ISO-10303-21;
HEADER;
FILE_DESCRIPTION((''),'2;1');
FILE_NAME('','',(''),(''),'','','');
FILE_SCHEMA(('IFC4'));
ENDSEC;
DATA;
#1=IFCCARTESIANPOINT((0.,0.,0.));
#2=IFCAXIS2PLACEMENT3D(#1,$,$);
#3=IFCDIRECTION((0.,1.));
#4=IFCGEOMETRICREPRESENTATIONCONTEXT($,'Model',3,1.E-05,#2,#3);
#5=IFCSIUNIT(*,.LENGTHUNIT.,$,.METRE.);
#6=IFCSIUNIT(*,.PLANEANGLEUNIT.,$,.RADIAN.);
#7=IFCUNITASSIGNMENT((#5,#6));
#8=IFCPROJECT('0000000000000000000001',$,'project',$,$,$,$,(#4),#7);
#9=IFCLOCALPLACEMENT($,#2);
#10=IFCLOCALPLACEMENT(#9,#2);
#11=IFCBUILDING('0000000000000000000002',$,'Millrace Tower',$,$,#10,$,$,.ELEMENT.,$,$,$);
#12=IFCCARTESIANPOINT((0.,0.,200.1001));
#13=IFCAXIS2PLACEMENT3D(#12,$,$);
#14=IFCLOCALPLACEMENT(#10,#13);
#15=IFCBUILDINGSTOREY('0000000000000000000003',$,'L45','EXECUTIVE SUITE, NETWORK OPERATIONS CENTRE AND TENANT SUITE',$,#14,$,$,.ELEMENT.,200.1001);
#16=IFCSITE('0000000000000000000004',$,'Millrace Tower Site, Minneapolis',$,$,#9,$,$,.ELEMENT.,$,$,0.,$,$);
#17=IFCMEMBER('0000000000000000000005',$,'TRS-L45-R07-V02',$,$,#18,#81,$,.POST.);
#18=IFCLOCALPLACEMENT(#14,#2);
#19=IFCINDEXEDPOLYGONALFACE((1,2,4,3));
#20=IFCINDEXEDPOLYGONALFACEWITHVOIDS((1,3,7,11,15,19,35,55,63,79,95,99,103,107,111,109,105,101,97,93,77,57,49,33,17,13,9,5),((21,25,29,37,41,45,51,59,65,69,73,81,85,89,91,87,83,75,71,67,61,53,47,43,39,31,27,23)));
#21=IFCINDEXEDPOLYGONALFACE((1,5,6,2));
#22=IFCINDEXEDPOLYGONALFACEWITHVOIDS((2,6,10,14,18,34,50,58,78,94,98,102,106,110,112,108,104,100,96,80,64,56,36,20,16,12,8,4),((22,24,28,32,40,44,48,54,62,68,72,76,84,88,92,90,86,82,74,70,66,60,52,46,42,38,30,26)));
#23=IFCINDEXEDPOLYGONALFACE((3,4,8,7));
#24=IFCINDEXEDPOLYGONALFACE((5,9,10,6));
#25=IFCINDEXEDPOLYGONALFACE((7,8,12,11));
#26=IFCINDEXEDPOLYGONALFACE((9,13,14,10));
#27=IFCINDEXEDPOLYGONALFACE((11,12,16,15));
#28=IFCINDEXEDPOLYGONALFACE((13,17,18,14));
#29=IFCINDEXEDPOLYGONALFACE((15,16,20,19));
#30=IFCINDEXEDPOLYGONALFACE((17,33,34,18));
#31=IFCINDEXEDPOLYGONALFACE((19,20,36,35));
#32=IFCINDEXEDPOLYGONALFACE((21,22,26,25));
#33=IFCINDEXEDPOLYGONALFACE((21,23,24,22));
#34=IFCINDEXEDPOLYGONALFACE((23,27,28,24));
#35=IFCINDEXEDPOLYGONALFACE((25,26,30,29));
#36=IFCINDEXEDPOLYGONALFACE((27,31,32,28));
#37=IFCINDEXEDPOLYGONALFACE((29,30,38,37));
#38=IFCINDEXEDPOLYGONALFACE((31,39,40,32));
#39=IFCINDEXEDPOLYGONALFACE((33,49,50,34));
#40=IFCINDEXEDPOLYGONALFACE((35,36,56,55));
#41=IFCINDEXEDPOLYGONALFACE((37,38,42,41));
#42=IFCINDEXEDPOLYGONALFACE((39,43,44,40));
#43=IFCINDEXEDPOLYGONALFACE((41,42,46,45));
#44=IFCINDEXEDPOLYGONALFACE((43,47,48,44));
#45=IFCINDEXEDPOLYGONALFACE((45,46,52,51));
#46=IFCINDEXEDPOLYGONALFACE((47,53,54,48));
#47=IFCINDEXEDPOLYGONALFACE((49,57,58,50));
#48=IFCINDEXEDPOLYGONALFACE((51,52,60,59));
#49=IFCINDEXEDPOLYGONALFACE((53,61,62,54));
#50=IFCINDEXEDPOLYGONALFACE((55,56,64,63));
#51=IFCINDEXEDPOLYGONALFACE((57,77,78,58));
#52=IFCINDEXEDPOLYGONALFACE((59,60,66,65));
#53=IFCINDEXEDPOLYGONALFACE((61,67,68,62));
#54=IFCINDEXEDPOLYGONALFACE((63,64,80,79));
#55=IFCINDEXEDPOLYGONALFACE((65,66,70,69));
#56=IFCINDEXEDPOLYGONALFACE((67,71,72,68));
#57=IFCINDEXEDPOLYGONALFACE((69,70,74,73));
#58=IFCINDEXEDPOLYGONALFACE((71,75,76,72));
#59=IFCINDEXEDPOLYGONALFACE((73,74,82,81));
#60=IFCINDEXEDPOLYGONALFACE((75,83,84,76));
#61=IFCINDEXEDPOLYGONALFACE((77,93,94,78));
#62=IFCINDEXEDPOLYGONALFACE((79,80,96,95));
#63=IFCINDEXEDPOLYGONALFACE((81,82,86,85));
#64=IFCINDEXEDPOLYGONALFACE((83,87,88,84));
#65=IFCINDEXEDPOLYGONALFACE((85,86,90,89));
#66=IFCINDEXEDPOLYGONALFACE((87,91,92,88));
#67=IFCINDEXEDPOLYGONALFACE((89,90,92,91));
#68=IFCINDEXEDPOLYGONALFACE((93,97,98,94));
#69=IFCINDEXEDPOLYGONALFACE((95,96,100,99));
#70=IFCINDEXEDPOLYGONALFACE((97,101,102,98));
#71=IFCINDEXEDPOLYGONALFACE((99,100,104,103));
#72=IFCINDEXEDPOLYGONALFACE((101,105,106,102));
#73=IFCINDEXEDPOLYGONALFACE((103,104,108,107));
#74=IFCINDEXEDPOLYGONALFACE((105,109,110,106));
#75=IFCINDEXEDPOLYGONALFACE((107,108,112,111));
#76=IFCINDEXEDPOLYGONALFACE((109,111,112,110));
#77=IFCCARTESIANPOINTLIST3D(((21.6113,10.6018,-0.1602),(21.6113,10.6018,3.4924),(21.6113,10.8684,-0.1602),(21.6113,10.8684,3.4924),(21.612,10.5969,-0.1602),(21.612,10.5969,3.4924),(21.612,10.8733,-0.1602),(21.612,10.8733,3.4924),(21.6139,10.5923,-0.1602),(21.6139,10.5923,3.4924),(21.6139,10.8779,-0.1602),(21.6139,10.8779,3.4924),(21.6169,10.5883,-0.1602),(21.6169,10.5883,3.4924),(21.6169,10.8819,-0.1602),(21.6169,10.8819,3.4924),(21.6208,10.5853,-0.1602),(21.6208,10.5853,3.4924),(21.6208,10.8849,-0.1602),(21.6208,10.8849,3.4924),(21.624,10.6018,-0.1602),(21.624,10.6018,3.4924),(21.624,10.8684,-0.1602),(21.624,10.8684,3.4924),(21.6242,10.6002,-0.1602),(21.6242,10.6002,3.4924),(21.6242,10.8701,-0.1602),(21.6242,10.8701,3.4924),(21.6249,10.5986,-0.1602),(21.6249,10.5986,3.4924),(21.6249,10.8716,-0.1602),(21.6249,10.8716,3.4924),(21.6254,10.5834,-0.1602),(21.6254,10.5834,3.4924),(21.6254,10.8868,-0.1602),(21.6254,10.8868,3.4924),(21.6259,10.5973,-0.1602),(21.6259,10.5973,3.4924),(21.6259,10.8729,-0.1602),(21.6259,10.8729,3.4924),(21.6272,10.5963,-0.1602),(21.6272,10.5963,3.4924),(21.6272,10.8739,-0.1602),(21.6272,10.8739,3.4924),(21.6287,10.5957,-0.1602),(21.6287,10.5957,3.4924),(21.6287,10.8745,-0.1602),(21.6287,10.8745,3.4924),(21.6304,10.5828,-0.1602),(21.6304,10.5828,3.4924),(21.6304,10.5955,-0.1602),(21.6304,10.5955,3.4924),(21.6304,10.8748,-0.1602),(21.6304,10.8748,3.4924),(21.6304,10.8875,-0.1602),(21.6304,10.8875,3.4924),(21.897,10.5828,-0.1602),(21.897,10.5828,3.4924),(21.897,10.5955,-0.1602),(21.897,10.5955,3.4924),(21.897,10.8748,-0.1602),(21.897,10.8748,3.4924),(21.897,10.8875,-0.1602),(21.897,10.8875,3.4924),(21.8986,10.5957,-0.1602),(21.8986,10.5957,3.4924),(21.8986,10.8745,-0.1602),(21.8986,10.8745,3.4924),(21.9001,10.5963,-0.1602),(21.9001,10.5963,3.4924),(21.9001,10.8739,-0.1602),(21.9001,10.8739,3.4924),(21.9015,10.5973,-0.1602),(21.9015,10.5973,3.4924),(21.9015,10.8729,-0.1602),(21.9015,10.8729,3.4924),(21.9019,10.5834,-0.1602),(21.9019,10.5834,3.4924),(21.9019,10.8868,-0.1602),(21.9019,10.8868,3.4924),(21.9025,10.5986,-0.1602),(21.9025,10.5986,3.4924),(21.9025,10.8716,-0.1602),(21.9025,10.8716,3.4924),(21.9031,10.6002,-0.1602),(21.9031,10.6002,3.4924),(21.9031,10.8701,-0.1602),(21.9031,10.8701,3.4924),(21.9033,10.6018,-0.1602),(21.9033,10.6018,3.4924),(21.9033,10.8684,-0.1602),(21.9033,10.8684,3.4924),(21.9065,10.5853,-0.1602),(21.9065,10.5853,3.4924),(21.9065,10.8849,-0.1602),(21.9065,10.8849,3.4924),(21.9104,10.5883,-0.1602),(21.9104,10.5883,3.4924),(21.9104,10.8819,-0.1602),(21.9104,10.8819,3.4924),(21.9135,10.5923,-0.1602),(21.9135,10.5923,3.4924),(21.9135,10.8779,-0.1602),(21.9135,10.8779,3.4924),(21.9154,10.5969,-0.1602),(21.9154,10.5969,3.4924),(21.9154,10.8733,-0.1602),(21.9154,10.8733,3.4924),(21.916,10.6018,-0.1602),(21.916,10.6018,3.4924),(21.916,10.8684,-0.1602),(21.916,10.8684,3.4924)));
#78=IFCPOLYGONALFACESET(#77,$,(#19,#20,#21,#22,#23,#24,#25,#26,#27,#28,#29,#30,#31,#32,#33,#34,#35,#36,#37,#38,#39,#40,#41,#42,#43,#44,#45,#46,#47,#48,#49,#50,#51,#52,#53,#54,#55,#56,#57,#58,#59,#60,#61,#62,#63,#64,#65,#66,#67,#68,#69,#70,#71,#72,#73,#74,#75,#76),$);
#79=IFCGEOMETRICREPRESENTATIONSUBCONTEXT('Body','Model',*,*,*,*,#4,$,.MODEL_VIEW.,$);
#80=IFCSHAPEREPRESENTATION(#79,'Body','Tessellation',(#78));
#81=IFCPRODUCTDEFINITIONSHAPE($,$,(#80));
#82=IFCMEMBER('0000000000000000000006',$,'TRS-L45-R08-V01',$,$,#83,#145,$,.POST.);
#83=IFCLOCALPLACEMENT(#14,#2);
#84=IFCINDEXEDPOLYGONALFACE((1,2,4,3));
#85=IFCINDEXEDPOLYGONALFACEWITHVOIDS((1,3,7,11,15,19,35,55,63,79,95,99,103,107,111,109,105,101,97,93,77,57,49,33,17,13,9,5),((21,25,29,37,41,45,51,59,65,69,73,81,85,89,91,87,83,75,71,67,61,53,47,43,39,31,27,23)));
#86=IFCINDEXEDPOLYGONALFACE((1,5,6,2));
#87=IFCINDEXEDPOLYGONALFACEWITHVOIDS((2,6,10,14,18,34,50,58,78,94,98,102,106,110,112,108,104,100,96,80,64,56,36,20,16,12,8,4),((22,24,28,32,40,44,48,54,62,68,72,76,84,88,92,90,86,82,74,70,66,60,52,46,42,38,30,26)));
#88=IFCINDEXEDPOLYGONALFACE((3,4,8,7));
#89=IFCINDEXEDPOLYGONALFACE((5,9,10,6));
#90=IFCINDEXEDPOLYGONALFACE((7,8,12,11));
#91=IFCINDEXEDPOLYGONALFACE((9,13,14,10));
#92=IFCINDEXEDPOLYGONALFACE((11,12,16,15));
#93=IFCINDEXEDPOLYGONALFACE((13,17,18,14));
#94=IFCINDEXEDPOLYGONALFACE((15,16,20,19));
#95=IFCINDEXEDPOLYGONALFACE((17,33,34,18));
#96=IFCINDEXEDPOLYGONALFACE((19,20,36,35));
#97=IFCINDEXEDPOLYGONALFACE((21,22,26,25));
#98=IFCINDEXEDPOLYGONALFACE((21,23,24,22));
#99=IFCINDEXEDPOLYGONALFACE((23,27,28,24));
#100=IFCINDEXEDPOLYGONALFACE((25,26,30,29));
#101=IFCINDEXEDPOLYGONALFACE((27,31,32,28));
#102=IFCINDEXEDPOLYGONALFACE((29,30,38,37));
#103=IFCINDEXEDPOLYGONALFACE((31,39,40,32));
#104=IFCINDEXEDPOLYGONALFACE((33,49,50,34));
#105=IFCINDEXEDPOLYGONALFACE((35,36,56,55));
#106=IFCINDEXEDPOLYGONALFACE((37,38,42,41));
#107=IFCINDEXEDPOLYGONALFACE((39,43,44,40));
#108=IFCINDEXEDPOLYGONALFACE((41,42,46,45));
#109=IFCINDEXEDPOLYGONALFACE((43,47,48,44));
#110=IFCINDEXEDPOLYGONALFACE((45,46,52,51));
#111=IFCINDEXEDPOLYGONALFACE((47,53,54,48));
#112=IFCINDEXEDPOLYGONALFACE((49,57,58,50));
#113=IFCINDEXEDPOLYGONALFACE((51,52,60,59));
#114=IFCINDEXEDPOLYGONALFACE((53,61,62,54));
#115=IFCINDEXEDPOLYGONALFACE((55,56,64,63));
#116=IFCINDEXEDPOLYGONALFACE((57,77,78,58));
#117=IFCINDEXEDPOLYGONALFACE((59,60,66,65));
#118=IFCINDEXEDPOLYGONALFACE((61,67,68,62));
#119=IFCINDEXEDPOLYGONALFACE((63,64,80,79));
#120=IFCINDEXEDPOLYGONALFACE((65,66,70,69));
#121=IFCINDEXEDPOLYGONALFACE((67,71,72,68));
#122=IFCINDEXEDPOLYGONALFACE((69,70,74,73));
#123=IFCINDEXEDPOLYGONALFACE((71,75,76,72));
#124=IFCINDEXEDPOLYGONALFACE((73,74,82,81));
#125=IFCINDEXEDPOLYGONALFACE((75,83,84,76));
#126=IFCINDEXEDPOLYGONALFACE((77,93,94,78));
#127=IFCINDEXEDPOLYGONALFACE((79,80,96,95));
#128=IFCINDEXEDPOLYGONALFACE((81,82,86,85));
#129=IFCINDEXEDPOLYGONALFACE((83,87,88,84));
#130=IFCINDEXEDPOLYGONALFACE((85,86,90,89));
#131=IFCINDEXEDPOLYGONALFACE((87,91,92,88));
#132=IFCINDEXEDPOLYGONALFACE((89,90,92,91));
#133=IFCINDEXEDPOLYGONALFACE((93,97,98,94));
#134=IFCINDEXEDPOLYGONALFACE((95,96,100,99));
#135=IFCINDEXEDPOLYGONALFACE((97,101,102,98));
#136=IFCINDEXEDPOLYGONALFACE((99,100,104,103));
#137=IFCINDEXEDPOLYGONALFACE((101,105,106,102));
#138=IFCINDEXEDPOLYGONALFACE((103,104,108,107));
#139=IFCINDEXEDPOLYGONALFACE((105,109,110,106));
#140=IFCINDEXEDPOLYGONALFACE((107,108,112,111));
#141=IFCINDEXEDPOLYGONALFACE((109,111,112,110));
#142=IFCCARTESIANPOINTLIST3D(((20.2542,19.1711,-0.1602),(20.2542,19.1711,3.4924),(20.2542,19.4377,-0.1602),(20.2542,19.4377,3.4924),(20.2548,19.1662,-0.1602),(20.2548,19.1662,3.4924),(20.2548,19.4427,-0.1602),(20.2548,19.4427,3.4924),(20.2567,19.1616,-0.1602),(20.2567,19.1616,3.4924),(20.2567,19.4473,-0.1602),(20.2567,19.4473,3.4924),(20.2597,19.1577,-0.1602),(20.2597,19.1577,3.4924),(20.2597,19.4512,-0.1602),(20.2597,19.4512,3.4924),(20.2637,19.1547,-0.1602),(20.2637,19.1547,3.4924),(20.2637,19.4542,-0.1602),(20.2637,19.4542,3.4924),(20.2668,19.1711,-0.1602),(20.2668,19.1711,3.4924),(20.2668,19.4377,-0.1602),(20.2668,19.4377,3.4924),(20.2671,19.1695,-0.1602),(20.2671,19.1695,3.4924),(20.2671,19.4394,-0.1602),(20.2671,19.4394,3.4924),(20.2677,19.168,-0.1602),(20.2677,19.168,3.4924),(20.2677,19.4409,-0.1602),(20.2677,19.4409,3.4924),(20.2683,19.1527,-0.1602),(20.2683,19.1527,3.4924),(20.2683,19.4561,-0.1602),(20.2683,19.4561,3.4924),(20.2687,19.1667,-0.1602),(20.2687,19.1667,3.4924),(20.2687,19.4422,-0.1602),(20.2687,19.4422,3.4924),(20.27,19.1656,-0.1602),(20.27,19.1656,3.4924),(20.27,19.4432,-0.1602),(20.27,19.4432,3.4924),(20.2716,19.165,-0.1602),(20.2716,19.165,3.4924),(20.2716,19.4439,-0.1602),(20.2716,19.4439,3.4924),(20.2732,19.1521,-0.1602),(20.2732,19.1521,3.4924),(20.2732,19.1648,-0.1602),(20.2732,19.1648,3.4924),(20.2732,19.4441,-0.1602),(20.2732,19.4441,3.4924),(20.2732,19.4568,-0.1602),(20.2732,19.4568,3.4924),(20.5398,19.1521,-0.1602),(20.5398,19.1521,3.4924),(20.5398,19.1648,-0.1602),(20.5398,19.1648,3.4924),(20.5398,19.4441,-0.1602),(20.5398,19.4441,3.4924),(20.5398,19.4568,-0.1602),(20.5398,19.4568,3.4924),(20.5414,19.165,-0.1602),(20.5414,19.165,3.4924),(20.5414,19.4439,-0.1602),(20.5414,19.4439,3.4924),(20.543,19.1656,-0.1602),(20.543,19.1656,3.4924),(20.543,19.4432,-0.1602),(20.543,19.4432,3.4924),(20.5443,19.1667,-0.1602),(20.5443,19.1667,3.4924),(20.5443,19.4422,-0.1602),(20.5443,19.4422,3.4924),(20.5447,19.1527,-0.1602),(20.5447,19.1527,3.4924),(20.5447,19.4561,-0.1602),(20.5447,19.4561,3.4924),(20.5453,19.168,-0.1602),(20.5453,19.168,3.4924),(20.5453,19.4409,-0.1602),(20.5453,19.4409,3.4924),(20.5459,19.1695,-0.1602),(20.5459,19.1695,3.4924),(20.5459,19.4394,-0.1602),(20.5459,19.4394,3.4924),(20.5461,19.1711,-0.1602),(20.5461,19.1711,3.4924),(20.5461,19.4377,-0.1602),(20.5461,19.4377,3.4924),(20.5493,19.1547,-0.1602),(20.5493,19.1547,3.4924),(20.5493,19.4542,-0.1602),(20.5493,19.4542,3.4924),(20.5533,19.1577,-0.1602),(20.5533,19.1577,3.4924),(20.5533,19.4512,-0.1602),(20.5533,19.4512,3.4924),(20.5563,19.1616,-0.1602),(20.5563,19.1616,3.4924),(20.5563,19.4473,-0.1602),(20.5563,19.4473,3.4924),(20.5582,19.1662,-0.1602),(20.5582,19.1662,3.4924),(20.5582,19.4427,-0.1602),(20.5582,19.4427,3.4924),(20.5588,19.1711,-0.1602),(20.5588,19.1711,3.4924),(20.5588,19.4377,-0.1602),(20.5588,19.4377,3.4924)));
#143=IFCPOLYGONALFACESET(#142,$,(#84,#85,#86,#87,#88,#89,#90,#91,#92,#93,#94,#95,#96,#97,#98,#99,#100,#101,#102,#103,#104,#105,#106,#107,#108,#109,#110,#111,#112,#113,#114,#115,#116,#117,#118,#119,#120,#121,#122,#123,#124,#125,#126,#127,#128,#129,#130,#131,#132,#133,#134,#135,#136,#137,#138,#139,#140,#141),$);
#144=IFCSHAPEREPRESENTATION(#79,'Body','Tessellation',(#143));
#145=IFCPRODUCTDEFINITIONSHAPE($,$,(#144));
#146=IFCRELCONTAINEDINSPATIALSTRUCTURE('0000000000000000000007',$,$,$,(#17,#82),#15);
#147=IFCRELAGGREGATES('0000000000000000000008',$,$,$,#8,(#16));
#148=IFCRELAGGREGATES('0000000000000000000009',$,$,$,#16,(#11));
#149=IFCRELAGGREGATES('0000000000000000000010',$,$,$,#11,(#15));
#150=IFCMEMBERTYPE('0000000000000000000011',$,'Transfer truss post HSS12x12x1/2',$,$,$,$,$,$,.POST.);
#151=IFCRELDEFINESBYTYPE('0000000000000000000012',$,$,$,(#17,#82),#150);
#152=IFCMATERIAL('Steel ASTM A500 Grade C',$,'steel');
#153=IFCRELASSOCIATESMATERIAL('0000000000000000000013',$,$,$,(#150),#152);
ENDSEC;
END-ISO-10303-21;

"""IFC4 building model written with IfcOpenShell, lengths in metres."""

from ifc_helpers import new_model, si_unit, direction, frame, origin, origin_2d, place, context, subcontext, project, spatial, hollow_rectangle, extrude, material, material_profile, profile_set, type_object, element, save


model = new_model("IFC4")

# Units and contexts
model_context = context("Model", 3, precision=1e-05, world=origin(), true_north=direction((0.0, 1.0)))
body_context = subcontext(model_context, "Body", "Model", "MODEL_VIEW")
ifc_project = project(units=[si_unit("LENGTHUNIT", "METRE"), si_unit("PLANEANGLEUNIT", "RADIAN")], contexts=[model_context])

# Site, building, storey
site_placement = place(None, origin())
site = spatial("IfcSite", under=ifc_project, at=site_placement, Name="Millrace Tower Site, Minneapolis", CompositionType="ELEMENT", RefElevation=0.0)
building_placement = place(site_placement, origin())
building = spatial("IfcBuilding", under=site, at=building_placement, Name="Millrace Tower", CompositionType="ELEMENT")
storey_placement = place(building_placement, frame((0.0, 0.0, 200.1001)))
storey = spatial("IfcBuildingStorey", under=building, at=storey_placement, Name="L45", Description="EXECUTIVE SUITE, NETWORK OPERATIONS CENTRE AND TENANT SUITE", CompositionType="ELEMENT", Elevation=200.1001)

# Members
ifc_material_1 = material(Name="Steel ASTM A500 Grade C", Category="steel")
ifc_material_profile_1 = material_profile(ifc_material_1, hollow_rectangle(XDim=0.3047, YDim=0.3047, WallThickness=0.0127, InnerFilletRadius=0.0063, OuterFilletRadius=0.019, at=origin_2d()))
ifc_profile_set_1 = profile_set([ifc_material_profile_1], Name="Steel ASTM A500 Grade C")
member_type_1 = type_object("IfcMemberType", Name="Transfer truss post HSS12x12x1/2", PredefinedType="POST", material=ifc_profile_set_1)
for number, where, z_axis, x_axis, name in (
    (1, (21.7637, 10.7351, -0.1602), (0.0, 0.0, 1.0), (1.0, 0.0, 0.0), "TRS-L45-R07-V02"),
    (2, (20.4065, 19.3044, -0.1602), (0.0, 0.0, 1.0), (1.0, 0.0, 0.0), "TRS-L45-R08-V01"),
):
    element("IfcMember", number, at=place(storey_placement, frame(where, z_axis=z_axis, x_axis=x_axis)), inside=storey, type_object=member_type_1, Name=name, PredefinedType="POST", context=body_context, shape_type="SweptSolid", body=[
        extrude(hollow_rectangle(XDim=0.3047, YDim=0.3047, WallThickness=0.0127, InnerFilletRadius=0.0063, OuterFilletRadius=0.019, at=origin_2d()), origin(), (0.0, 0.0, 1.0), 3.6526),
    ])

save(model, "model.ifc")
